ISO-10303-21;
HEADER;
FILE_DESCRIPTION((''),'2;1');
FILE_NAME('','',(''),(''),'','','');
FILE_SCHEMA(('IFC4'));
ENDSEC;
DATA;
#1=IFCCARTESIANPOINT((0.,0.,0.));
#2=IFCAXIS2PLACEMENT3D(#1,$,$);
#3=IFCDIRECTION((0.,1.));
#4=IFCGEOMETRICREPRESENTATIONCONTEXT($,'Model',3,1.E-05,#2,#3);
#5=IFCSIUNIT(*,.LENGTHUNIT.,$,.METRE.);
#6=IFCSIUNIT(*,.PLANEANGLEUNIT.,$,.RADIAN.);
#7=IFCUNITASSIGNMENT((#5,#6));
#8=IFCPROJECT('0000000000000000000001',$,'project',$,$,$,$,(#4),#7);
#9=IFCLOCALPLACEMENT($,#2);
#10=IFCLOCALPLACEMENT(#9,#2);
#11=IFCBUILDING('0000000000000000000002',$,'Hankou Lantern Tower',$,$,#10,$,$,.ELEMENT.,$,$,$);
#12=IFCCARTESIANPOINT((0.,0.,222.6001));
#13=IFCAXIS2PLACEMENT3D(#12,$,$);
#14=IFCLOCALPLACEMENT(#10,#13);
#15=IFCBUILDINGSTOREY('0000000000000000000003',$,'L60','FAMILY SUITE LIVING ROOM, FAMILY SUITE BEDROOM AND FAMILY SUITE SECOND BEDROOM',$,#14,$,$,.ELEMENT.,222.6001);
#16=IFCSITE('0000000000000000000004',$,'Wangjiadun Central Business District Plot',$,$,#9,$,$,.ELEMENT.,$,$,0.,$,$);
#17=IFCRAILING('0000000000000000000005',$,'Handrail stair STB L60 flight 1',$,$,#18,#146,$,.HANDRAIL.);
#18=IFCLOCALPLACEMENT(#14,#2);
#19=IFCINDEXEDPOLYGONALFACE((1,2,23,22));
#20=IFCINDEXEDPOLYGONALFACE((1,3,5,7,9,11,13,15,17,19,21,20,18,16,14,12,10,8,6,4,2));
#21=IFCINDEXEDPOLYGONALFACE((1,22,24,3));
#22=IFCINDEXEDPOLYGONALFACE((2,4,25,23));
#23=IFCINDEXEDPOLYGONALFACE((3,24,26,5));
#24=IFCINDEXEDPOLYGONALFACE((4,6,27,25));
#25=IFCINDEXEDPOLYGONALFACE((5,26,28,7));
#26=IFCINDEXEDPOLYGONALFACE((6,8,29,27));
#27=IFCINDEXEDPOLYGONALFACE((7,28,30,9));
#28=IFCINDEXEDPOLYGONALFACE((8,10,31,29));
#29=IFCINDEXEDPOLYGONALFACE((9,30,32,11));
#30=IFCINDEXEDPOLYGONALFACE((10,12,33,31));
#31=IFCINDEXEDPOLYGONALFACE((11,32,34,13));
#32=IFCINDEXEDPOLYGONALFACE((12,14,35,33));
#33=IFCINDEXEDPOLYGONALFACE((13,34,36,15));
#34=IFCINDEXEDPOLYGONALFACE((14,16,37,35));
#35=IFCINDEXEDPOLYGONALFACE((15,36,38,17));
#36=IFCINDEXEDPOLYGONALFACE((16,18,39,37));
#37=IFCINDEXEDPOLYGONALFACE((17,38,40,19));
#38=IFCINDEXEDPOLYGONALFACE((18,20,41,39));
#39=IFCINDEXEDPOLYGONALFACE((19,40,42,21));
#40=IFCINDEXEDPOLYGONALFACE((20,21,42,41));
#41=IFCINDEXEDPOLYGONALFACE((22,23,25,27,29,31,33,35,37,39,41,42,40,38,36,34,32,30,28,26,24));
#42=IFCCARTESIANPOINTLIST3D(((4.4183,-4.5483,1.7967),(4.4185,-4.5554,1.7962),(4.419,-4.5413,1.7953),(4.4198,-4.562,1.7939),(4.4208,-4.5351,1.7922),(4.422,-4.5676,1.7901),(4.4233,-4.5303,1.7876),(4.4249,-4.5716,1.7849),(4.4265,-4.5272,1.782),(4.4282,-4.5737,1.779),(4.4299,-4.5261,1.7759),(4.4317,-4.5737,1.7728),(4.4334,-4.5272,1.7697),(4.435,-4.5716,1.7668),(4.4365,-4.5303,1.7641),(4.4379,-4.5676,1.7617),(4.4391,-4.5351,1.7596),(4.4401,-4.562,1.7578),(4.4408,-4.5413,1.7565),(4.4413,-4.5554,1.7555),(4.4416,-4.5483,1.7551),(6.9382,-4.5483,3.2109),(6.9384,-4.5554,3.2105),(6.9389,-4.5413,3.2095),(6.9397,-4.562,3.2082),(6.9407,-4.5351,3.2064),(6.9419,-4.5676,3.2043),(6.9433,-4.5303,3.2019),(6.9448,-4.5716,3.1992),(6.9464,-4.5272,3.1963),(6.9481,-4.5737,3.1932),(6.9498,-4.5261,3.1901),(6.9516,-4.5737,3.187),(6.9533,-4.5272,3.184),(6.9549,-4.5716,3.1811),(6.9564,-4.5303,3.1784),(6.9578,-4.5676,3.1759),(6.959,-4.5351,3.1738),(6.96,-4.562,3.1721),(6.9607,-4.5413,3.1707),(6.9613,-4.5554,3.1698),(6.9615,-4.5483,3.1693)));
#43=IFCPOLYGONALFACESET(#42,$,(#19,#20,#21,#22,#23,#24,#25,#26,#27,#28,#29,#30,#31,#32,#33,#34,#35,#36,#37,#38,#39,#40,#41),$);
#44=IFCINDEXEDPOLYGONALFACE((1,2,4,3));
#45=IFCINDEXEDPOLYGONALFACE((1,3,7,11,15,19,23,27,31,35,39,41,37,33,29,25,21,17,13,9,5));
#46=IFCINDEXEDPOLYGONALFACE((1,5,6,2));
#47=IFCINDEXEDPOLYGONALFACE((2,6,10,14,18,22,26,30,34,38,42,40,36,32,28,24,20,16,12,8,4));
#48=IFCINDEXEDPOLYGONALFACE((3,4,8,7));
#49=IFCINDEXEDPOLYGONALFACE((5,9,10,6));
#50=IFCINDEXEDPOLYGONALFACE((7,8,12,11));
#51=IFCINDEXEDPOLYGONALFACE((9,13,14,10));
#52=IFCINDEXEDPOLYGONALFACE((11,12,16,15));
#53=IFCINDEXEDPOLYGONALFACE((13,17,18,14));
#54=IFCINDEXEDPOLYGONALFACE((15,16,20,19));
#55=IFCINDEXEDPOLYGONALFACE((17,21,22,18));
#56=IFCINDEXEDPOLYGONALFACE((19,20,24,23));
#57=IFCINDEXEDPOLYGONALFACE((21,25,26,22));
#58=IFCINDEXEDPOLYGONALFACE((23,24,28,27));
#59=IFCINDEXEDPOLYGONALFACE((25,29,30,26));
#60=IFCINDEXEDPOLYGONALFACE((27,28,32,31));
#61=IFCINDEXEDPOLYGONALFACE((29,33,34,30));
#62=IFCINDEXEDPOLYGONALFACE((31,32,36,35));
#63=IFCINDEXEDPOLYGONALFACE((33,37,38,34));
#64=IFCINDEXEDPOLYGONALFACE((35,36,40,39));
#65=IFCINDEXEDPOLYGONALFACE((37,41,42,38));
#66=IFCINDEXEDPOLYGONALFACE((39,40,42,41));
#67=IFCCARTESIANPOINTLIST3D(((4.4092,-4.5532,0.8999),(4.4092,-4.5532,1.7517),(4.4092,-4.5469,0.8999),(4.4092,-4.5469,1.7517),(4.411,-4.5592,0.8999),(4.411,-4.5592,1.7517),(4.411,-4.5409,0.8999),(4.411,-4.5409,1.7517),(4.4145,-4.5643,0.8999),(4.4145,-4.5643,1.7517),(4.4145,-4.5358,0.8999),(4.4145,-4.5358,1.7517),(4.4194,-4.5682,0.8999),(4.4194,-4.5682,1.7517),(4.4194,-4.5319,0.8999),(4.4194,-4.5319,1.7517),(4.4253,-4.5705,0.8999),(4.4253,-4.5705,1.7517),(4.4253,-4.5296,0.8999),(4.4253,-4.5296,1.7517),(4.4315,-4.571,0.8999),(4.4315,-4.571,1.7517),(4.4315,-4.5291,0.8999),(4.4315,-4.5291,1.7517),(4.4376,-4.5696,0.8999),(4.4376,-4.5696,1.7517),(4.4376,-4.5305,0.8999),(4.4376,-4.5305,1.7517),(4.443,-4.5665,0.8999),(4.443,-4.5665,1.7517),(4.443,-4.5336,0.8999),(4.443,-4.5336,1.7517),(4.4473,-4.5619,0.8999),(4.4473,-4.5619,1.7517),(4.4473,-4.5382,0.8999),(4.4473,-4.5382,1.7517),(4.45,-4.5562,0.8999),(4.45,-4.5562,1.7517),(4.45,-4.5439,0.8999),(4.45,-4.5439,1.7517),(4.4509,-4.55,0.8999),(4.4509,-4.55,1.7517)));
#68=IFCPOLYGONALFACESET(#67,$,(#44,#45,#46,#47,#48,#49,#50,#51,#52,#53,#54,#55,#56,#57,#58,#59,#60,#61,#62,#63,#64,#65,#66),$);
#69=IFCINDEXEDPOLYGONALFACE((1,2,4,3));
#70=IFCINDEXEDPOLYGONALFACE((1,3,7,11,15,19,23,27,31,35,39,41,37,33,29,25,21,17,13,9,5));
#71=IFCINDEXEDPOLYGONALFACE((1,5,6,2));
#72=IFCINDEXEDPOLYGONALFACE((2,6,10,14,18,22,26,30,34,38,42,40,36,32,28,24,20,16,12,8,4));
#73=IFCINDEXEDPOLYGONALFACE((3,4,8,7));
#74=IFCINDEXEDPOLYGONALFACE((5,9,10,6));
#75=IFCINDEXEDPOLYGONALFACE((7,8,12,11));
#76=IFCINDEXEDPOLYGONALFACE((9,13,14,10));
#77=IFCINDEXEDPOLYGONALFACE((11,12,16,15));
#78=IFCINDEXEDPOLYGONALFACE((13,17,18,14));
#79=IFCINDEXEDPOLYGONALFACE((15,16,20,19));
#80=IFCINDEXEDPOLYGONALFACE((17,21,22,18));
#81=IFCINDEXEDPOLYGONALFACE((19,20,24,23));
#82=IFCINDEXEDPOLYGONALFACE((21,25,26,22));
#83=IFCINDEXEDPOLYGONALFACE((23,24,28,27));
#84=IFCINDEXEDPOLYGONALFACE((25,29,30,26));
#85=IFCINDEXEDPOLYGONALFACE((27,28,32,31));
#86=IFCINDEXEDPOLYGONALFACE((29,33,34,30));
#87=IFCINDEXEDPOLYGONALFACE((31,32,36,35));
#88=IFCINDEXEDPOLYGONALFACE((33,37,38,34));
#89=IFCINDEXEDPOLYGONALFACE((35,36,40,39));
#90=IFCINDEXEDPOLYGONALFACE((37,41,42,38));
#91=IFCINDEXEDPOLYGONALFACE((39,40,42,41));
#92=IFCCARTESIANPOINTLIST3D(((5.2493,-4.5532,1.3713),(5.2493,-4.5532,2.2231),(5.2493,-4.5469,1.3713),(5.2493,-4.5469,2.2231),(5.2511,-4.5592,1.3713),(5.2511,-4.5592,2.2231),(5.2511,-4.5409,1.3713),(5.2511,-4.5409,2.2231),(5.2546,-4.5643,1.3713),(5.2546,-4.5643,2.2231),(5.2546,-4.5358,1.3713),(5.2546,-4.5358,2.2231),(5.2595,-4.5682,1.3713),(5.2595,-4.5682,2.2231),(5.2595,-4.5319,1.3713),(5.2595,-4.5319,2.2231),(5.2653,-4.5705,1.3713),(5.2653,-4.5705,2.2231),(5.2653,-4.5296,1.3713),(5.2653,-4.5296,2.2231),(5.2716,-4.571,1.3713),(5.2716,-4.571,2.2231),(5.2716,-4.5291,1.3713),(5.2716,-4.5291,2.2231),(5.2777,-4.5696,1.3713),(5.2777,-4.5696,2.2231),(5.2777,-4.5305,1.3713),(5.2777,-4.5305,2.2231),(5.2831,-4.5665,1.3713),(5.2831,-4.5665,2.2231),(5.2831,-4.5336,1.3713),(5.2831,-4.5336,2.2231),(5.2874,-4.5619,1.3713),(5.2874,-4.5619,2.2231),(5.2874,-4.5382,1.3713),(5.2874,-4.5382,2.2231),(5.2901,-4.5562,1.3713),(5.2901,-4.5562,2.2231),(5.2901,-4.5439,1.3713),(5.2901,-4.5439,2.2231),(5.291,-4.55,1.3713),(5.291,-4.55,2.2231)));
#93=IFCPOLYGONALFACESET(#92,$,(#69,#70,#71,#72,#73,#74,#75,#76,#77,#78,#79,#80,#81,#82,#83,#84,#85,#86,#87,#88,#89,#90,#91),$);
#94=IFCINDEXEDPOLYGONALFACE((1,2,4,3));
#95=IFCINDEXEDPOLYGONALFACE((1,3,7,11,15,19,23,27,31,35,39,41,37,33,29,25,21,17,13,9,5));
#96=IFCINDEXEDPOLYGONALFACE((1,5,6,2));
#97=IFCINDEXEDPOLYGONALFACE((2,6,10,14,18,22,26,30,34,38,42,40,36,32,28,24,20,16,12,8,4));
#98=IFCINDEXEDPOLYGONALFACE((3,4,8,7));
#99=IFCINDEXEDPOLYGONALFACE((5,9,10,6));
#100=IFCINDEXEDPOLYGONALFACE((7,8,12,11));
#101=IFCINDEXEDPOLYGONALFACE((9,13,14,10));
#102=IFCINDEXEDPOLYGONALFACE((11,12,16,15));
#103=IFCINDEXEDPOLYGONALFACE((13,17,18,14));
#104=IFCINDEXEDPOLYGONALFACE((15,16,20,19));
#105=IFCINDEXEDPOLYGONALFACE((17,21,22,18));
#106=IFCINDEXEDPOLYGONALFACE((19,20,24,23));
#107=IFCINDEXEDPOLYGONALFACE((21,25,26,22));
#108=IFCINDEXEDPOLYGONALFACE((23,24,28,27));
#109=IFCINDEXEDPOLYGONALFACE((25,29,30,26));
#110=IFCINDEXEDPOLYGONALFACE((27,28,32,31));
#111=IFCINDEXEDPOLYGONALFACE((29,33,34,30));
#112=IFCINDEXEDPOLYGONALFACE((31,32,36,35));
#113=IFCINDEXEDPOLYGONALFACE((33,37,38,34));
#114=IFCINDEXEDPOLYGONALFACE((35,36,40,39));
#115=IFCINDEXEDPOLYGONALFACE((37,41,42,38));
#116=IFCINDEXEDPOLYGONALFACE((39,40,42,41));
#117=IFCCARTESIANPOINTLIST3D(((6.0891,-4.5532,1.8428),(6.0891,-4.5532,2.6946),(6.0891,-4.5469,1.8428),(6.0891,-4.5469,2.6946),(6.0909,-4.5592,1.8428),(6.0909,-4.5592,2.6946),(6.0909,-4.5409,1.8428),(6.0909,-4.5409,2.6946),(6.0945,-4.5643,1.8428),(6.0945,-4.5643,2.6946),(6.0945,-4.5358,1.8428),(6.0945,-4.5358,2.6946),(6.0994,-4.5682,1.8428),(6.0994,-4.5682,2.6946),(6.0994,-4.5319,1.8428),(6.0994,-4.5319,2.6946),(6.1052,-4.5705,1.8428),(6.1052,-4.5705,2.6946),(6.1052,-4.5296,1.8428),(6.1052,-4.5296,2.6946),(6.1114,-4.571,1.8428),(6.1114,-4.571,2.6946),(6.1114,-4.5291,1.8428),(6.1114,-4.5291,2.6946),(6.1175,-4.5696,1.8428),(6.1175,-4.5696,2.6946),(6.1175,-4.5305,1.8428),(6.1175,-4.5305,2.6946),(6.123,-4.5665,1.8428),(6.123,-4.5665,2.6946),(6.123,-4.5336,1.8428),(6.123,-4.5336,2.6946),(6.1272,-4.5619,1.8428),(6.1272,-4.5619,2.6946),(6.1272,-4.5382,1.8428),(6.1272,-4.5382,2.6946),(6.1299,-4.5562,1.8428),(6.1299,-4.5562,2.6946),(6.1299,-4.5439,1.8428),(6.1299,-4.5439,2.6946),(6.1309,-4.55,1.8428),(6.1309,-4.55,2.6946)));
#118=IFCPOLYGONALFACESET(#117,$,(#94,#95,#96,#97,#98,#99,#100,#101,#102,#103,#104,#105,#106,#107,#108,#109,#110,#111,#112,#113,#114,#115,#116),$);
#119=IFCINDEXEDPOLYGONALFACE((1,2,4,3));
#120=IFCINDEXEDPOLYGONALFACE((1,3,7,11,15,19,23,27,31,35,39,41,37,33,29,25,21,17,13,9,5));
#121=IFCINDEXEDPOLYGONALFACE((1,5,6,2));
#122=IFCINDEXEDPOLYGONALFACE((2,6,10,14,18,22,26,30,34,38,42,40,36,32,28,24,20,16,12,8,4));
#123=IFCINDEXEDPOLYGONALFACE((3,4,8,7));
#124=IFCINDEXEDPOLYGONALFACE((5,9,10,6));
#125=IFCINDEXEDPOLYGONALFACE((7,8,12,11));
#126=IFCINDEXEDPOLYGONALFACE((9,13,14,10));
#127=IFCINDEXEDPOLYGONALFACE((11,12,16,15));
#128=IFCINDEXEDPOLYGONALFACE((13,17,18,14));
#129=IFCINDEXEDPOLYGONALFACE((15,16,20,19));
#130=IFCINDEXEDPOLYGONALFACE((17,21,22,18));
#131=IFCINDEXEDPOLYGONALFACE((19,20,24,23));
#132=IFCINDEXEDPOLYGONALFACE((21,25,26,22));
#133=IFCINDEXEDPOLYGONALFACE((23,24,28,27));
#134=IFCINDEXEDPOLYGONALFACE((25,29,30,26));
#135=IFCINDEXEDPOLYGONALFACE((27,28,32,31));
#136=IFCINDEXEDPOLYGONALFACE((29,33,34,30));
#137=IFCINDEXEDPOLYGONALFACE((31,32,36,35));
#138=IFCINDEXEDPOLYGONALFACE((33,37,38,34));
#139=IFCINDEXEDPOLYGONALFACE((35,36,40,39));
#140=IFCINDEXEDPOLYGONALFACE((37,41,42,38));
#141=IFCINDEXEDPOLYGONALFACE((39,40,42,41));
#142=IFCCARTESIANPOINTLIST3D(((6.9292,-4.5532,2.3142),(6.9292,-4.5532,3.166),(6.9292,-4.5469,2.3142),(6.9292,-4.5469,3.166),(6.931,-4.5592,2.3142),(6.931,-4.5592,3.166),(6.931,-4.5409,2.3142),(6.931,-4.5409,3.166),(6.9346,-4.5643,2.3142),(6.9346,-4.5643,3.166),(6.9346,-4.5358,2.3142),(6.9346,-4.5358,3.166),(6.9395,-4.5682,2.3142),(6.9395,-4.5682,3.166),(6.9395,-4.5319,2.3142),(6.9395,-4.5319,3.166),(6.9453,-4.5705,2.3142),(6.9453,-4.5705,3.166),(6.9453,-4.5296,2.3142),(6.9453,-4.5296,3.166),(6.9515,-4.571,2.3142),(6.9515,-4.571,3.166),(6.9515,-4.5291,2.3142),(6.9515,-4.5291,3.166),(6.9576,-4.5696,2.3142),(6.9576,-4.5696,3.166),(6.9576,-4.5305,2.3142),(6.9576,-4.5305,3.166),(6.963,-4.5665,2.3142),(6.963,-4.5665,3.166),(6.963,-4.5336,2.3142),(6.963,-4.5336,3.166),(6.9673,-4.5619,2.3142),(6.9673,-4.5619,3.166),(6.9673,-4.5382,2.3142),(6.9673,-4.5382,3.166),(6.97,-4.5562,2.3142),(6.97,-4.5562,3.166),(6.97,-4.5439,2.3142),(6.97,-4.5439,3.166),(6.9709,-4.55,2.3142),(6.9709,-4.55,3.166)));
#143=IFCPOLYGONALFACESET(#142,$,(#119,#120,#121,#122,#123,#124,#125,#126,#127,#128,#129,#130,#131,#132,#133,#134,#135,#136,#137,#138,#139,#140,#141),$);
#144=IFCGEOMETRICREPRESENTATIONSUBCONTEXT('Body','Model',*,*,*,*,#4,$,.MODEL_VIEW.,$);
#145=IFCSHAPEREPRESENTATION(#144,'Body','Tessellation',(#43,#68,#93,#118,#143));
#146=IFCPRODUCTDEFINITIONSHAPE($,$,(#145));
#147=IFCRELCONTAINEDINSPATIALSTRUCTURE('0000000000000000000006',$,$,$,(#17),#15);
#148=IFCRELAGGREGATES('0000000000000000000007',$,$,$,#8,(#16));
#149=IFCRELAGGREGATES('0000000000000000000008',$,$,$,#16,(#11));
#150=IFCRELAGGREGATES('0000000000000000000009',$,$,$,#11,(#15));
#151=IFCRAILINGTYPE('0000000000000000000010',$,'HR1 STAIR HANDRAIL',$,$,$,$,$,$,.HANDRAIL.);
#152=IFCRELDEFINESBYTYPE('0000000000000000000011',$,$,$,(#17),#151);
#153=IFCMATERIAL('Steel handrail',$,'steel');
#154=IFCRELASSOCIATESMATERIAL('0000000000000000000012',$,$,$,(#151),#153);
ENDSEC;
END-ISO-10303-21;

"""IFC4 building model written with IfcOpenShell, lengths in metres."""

from ifc_helpers import new_model, si_unit, direction, frame, origin, origin_2d, place, context, subcontext, project, spatial, circle, extrude, material, type_object, element, save


model = new_model("IFC4")

# Units and contexts
model_context = context("Model", 3, precision=1e-05, world=origin(), true_north=direction((0.0, 1.0)))
body_context = subcontext(model_context, "Body", "Model", "MODEL_VIEW")
ifc_project = project(units=[si_unit("LENGTHUNIT", "METRE"), si_unit("PLANEANGLEUNIT", "RADIAN")], contexts=[model_context])

# Site, building, storey
site_placement = place(None, origin())
site = spatial("IfcSite", under=ifc_project, at=site_placement, Name="Wangjiadun Central Business District Plot", CompositionType="ELEMENT", RefElevation=0.0)
building_placement = place(site_placement, origin())
building = spatial("IfcBuilding", under=site, at=building_placement, Name="Hankou Lantern Tower", CompositionType="ELEMENT")
storey_placement = place(building_placement, frame((0.0, 0.0, 222.6001)))
storey = spatial("IfcBuildingStorey", under=building, at=storey_placement, Name="L60", Description="FAMILY SUITE LIVING ROOM, FAMILY SUITE BEDROOM AND FAMILY SUITE SECOND BEDROOM", CompositionType="ELEMENT", Elevation=222.6001)

# Railing
ifc_material_1 = material(Name="Steel handrail", Category="steel")
railing_type = type_object("IfcRailingType", Name="HR1 STAIR HANDRAIL", PredefinedType="HANDRAIL", material=ifc_material_1)
railing_1_placement = place(storey_placement, frame((4.4299, -4.55, 0.8999)))
element("IfcRailing", 1, at=railing_1_placement, inside=storey, type_object=railing_type, Name="Handrail stair STB L60 flight 1", PredefinedType="HANDRAIL", context=body_context, shape_type="SweptSolid", body=[
    extrude(circle(Radius=0.0239, at=origin_2d()), frame((0.0, 0.0, 0.876), z_axis=(0.872049, 0.0, 0.489419), x_axis=(0.0, 1.0, 0.0)), (0.0, 0.0, 1.0), 2.8896),
    extrude(circle(Radius=0.021, at=origin_2d()), origin(), (0.0, 0.0, 1.0), 0.8518),
    extrude(circle(Radius=0.021, at=origin_2d()), frame((0.8401, 0.0, 0.4714)), (0.0, 0.0, 1.0), 0.8518),
    extrude(circle(Radius=0.021, at=origin_2d()), frame((1.6799, 0.0, 0.9429)), (0.0, 0.0, 1.0), 0.8518),
    extrude(circle(Radius=0.021, at=origin_2d()), frame((2.52, 0.0, 1.4143)), (0.0, 0.0, 1.0), 0.8518),
])

save(model, "model.ifc")
